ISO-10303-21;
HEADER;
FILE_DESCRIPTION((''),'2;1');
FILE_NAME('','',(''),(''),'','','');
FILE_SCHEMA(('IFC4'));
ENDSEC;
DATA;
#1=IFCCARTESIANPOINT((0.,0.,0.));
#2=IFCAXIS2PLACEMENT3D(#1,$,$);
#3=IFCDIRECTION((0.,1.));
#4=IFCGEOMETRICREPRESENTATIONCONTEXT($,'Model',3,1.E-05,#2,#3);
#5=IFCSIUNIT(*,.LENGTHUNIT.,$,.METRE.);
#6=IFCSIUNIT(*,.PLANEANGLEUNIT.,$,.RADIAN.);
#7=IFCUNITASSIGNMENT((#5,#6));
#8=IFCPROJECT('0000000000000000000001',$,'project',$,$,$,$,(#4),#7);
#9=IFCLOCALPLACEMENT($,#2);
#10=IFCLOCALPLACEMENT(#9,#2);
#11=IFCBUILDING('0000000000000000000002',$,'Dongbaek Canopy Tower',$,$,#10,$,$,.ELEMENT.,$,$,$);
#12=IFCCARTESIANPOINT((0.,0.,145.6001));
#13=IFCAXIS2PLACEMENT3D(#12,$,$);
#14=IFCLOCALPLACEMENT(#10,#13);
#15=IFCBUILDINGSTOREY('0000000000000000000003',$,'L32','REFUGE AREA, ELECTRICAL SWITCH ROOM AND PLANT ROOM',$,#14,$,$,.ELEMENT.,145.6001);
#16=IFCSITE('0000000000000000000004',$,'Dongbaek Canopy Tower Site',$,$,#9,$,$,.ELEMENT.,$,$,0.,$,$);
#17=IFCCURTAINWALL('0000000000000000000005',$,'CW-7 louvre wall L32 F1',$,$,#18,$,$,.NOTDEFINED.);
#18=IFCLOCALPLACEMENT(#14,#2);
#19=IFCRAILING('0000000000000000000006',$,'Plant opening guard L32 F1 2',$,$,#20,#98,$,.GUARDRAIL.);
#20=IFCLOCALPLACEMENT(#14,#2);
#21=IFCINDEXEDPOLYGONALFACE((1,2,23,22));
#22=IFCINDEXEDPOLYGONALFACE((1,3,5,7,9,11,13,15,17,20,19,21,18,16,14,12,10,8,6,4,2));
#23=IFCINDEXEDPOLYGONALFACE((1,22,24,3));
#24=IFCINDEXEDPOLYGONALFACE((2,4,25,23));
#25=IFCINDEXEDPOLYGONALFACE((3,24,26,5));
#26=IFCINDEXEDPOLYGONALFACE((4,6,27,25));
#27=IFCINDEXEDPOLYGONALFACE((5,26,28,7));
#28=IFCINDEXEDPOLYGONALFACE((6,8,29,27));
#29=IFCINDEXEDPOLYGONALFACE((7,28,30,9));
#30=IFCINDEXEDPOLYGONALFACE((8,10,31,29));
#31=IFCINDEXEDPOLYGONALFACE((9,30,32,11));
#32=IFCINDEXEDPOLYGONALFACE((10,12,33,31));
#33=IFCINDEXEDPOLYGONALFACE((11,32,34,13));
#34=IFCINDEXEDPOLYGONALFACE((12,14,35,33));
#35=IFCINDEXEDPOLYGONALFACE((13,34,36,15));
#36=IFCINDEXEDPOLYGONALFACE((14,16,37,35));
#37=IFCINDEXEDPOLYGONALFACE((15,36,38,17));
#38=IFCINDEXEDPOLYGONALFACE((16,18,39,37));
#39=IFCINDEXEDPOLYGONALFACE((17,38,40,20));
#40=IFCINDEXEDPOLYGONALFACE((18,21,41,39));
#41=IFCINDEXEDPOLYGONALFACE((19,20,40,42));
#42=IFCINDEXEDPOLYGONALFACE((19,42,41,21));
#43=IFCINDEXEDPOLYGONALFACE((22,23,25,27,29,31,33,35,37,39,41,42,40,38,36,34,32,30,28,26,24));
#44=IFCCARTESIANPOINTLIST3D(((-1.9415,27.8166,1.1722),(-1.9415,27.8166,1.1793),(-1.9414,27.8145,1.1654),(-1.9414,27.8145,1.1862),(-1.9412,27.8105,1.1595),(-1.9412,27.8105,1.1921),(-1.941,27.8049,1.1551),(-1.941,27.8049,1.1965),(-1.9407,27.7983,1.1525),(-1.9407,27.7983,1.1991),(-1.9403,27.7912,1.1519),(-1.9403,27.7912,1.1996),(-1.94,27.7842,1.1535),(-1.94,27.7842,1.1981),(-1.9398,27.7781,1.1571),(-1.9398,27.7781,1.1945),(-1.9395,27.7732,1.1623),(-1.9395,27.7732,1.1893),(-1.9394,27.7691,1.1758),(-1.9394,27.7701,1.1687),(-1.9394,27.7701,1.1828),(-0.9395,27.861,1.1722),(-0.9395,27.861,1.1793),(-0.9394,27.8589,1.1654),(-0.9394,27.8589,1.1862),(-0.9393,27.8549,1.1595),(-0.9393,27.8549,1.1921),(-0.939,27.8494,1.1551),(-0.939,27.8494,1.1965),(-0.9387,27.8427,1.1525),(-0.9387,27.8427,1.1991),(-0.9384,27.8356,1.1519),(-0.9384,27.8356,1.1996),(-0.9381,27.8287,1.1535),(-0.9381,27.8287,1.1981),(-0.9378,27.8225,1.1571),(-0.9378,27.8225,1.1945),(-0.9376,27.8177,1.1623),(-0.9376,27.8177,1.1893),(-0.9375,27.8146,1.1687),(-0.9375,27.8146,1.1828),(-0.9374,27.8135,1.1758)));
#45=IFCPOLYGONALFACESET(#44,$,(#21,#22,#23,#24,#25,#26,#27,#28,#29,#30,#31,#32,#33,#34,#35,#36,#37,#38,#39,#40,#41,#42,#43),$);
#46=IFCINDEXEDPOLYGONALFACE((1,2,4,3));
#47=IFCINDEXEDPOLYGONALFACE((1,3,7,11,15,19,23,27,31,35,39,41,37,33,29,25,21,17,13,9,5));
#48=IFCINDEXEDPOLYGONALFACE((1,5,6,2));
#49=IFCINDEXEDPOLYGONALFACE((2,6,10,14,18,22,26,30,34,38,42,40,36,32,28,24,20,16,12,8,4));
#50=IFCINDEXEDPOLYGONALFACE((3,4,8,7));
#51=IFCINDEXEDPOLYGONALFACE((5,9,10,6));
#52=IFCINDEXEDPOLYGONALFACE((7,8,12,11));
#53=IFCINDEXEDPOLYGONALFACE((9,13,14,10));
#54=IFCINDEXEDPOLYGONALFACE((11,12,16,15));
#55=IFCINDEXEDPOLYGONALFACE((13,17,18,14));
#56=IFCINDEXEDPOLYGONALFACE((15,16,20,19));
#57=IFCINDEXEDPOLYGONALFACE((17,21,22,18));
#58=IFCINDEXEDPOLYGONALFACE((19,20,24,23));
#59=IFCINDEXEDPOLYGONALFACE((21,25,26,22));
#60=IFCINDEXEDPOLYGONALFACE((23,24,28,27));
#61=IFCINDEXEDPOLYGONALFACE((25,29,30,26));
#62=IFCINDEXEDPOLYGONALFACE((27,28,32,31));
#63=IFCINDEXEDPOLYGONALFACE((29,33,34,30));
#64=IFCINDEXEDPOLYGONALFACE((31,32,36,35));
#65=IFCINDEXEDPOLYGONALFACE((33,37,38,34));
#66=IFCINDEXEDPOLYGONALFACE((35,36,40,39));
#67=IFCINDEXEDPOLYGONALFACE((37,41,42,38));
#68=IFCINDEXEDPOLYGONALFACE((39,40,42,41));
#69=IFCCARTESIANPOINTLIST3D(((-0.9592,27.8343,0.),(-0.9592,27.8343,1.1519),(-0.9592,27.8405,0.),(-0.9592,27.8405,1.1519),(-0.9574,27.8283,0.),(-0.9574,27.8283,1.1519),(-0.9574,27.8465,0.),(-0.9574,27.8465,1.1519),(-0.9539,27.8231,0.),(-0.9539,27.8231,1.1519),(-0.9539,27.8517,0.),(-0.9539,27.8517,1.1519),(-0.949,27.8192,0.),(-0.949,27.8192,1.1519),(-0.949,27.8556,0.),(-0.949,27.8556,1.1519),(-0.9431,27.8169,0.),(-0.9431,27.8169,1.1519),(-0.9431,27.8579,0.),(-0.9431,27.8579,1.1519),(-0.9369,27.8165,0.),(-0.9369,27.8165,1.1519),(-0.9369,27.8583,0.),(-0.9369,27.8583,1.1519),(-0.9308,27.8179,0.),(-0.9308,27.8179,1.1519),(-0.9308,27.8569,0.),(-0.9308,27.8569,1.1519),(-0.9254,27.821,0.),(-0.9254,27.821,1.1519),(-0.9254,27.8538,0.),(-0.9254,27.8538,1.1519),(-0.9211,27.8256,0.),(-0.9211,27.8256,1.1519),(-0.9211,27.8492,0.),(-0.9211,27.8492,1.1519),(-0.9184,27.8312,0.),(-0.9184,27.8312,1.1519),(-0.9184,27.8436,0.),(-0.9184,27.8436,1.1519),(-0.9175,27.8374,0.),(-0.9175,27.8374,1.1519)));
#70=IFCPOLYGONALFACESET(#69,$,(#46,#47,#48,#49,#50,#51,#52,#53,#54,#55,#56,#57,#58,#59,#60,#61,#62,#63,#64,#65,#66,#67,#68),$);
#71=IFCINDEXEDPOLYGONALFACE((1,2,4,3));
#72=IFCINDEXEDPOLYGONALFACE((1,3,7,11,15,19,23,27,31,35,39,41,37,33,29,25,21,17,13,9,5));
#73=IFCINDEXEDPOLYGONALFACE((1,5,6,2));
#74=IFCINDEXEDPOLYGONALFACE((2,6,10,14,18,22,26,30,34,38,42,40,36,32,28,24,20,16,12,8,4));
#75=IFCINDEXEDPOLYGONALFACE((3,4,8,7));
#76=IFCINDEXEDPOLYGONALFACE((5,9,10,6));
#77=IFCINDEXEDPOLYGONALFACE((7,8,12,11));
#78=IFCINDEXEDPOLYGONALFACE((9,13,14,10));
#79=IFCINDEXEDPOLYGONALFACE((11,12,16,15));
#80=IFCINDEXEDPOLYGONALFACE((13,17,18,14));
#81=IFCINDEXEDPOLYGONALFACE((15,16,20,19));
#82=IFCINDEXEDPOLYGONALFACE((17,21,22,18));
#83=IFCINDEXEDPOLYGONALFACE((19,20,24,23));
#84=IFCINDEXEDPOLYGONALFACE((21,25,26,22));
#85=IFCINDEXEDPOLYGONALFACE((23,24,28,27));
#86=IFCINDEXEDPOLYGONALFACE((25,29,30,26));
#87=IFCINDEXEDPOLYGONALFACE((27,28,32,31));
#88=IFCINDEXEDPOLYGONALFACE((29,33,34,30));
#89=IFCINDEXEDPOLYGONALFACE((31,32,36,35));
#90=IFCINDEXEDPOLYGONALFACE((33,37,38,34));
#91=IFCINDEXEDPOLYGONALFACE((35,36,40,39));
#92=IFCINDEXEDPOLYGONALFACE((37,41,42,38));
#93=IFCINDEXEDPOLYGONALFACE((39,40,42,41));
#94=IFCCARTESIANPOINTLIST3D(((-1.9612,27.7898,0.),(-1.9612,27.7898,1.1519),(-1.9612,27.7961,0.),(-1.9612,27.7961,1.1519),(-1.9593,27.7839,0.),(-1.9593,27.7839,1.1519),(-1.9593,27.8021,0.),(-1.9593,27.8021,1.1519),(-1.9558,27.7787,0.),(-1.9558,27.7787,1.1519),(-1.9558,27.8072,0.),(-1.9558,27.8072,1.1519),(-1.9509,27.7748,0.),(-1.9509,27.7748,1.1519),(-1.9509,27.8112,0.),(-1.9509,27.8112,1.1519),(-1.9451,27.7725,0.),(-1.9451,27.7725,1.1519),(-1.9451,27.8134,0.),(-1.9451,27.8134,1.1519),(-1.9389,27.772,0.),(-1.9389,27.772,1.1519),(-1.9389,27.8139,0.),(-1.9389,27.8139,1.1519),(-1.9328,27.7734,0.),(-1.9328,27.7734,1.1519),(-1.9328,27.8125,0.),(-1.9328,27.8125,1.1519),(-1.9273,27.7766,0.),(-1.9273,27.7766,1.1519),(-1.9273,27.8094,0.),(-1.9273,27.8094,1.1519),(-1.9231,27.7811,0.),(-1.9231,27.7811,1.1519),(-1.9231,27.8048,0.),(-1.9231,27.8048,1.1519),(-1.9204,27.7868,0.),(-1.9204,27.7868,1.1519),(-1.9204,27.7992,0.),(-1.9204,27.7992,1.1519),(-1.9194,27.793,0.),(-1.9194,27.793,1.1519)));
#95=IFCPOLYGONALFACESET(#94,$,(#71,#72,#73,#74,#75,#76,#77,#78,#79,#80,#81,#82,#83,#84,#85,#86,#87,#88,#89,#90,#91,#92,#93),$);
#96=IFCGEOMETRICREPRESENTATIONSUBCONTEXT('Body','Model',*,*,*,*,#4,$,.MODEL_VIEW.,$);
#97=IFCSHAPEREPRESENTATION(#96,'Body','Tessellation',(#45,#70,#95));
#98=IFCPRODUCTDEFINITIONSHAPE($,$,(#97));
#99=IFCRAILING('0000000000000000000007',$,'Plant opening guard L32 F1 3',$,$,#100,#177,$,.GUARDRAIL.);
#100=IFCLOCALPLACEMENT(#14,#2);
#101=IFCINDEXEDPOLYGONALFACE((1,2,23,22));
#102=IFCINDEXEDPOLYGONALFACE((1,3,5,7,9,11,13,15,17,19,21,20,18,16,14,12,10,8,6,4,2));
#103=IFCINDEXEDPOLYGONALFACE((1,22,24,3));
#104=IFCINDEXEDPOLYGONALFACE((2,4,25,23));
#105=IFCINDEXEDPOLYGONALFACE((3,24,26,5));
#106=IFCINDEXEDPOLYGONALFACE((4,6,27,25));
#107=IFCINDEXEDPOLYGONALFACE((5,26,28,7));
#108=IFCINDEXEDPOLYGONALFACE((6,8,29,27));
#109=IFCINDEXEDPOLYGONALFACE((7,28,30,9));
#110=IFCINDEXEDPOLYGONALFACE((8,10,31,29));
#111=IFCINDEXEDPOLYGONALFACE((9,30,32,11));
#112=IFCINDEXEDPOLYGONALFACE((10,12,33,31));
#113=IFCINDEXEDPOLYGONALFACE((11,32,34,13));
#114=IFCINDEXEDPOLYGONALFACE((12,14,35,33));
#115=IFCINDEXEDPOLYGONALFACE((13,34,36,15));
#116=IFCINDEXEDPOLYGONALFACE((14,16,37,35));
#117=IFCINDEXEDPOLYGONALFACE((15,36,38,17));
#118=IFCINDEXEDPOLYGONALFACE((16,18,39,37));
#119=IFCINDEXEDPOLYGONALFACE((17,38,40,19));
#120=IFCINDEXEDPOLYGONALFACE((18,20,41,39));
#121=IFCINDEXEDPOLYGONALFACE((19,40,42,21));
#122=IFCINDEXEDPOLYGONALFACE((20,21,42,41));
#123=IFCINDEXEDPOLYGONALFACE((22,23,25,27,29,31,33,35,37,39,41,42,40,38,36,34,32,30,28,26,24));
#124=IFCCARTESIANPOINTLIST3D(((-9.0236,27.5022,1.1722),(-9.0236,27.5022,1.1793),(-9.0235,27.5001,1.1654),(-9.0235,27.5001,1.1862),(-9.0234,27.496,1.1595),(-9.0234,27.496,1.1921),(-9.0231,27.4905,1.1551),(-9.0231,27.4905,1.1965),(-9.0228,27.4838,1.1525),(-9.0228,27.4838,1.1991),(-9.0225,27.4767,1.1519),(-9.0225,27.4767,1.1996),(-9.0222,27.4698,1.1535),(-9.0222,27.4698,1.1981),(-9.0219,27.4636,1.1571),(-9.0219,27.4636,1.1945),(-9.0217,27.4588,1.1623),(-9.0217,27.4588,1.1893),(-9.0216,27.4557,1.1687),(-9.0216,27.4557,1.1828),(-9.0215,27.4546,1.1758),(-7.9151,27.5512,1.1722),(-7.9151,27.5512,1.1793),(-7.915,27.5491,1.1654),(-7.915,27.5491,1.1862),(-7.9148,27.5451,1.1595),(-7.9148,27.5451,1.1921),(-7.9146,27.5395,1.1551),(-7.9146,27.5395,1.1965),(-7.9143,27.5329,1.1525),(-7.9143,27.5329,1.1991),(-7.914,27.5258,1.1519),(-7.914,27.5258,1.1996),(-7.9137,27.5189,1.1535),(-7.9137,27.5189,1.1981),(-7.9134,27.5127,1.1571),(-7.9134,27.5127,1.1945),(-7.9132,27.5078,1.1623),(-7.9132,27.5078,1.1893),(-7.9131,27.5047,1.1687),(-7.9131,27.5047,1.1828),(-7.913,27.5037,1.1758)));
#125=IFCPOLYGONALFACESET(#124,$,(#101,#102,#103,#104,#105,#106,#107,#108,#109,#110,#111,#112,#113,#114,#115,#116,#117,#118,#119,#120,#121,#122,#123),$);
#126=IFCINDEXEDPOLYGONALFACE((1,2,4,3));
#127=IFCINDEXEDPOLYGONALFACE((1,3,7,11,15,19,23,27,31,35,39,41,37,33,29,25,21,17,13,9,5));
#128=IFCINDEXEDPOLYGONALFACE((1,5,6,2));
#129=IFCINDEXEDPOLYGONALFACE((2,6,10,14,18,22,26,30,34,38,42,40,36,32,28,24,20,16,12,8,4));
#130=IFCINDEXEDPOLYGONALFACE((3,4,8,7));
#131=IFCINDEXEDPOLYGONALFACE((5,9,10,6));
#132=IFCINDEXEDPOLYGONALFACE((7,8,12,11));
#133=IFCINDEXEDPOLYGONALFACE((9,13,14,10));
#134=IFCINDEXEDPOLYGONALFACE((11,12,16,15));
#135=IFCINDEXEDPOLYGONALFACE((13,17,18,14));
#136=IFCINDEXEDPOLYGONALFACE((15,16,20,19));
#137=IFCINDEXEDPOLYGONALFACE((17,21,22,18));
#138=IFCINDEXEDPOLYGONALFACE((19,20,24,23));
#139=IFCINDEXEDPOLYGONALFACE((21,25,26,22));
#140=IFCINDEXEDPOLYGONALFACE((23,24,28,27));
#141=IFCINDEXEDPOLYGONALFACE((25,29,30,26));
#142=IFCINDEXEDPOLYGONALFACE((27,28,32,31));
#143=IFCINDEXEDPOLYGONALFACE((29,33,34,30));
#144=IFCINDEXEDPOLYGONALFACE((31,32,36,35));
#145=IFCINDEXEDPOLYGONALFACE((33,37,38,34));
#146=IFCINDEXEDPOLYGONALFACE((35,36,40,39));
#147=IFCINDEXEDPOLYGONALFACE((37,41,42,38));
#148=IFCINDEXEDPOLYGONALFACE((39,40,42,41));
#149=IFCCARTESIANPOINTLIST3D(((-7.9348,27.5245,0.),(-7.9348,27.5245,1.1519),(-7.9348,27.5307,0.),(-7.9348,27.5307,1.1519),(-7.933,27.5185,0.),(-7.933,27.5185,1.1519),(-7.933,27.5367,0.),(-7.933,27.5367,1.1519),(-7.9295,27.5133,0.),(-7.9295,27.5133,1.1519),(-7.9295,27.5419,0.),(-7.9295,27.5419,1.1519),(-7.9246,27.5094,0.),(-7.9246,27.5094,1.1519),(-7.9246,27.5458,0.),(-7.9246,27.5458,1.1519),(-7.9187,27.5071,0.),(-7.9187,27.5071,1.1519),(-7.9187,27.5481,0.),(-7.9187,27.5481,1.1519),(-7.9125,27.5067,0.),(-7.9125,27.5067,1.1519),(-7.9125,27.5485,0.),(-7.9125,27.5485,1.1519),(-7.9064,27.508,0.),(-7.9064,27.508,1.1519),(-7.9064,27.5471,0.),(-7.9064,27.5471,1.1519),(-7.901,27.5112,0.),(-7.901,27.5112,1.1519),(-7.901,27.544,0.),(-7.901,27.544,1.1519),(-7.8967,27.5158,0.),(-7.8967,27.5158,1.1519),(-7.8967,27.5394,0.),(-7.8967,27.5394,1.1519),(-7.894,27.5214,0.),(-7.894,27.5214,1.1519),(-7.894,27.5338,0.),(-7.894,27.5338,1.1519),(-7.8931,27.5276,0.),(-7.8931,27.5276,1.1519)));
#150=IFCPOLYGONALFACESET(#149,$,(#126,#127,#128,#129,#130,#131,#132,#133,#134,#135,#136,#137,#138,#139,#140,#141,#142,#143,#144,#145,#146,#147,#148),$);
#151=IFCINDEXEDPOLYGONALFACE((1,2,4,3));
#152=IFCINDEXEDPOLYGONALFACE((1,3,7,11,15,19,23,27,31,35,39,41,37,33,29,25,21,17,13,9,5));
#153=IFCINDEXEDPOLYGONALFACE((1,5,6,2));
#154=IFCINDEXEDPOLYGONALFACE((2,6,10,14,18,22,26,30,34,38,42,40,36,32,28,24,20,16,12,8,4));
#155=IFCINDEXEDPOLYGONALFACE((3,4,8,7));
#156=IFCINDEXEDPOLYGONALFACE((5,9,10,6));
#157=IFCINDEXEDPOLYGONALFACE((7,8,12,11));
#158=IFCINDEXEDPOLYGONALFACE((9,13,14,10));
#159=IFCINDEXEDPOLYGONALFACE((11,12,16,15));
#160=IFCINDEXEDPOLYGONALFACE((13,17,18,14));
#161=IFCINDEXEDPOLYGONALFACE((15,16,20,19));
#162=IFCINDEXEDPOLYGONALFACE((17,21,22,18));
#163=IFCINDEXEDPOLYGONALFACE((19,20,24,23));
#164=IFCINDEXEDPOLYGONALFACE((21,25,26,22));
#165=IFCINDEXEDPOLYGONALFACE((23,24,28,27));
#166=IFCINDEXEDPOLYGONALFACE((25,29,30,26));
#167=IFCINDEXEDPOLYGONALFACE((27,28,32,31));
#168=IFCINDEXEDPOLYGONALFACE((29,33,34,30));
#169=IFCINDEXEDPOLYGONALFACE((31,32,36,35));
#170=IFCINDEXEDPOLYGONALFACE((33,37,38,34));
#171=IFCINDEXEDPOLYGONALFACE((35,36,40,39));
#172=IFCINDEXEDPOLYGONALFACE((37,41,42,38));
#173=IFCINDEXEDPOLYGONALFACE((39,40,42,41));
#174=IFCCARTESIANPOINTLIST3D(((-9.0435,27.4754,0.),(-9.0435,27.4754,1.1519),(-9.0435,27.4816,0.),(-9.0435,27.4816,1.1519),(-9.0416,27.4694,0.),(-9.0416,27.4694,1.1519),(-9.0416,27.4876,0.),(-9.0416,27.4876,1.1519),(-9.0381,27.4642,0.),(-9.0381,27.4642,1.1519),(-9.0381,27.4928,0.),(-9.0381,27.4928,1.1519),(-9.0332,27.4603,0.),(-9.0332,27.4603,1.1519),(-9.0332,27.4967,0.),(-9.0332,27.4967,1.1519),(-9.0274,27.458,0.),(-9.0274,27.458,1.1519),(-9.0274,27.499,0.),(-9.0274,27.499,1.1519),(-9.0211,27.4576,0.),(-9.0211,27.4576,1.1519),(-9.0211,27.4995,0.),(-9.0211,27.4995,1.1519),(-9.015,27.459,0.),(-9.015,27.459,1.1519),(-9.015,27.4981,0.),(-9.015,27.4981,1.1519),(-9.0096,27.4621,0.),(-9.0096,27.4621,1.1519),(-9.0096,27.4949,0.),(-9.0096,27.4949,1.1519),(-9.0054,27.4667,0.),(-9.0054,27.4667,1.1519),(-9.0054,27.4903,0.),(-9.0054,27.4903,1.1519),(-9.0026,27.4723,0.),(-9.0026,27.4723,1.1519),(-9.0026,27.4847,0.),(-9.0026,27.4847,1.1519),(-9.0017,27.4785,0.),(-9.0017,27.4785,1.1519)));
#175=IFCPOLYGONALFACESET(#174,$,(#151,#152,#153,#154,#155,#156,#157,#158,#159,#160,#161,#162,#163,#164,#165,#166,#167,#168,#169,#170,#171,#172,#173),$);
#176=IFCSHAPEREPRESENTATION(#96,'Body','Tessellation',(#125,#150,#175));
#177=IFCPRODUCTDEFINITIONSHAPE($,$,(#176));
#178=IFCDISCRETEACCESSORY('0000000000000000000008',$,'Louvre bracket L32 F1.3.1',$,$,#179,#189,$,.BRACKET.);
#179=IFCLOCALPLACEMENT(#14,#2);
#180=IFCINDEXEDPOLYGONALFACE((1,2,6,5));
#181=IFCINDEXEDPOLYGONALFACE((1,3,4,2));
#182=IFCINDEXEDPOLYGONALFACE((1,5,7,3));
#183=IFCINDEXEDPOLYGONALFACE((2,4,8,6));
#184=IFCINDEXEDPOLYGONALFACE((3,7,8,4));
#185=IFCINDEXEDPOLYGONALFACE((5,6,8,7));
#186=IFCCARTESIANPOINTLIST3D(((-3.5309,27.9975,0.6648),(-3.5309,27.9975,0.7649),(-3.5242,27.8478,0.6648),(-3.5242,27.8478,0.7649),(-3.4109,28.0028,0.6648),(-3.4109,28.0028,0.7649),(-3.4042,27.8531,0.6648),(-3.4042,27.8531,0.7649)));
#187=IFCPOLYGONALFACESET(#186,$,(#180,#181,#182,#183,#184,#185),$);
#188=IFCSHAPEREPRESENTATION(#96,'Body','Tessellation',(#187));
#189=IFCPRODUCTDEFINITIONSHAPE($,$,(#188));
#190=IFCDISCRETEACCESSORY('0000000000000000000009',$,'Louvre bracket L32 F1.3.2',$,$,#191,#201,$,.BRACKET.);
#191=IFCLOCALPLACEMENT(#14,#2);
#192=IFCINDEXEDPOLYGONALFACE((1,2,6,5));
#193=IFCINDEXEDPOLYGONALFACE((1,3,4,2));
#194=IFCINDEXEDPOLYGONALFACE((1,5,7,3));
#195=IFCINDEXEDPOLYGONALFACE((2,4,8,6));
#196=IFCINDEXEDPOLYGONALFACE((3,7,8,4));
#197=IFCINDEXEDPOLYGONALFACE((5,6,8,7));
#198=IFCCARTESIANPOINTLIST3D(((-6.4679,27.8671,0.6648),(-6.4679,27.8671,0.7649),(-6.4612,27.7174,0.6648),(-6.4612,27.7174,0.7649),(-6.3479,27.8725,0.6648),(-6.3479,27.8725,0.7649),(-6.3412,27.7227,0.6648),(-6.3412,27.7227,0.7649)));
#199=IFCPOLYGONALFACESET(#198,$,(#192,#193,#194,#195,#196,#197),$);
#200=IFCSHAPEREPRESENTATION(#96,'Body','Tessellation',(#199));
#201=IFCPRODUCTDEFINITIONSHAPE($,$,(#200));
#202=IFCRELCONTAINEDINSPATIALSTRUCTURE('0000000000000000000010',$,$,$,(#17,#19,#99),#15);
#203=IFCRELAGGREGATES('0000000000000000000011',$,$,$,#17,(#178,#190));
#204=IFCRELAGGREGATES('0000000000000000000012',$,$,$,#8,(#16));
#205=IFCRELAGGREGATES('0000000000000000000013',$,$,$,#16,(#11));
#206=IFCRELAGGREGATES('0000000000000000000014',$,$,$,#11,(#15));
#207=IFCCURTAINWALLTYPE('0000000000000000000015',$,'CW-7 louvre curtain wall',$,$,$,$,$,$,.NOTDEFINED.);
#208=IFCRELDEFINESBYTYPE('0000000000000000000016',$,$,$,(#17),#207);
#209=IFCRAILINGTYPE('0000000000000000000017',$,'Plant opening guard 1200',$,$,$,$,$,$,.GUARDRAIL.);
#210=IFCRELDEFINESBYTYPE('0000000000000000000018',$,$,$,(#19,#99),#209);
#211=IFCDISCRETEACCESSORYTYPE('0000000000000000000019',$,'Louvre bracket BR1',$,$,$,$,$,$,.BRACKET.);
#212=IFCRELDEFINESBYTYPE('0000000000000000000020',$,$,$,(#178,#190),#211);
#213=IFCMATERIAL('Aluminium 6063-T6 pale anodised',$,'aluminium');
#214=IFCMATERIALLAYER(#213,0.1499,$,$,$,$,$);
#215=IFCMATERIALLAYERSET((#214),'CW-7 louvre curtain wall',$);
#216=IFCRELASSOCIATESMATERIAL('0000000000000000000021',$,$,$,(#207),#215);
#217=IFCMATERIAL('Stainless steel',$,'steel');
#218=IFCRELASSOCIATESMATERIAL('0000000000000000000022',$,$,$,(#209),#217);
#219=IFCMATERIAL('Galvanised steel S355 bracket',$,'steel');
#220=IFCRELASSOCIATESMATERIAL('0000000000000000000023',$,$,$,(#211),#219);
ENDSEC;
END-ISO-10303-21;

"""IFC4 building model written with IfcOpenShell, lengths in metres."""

from ifc_helpers import new_model, si_unit, direction, frame, origin, origin_2d, place, context, subcontext, project, spatial, rectangle, circle, extrude, material, layer, layer_set, type_object, element, aggregate, save


model = new_model("IFC4")

# Units and contexts
model_context = context("Model", 3, precision=1e-05, world=origin(), true_north=direction((0.0, 1.0)))
body_context = subcontext(model_context, "Body", "Model", "MODEL_VIEW")
ifc_project = project(units=[si_unit("LENGTHUNIT", "METRE"), si_unit("PLANEANGLEUNIT", "RADIAN")], contexts=[model_context])

# Site, building, storey
site_placement = place(None, origin())
site = spatial("IfcSite", under=ifc_project, at=site_placement, Name="Dongbaek Canopy Tower Site", CompositionType="ELEMENT", RefElevation=0.0)
building_placement = place(site_placement, origin())
building = spatial("IfcBuilding", under=site, at=building_placement, Name="Dongbaek Canopy Tower", CompositionType="ELEMENT")
storey_placement = place(building_placement, frame((0.0, 0.0, 145.6001)))
storey = spatial("IfcBuildingStorey", under=building, at=storey_placement, Name="L32", Description="REFUGE AREA, ELECTRICAL SWITCH ROOM AND PLANT ROOM", CompositionType="ELEMENT", Elevation=145.6001)

# Curtain wall
ifc_material_1 = material(Name="Aluminium 6063-T6 pale anodised", Category="aluminium")
ifc_layer_1 = layer(ifc_material_1, 0.1499)
ifc_layer_set_1 = layer_set([ifc_layer_1], Name="CW-7 louvre curtain wall")
curtain_wall_type = type_object("IfcCurtainWallType", Name="CW-7 louvre curtain wall", PredefinedType="NOTDEFINED", material=ifc_layer_set_1)
curtain_wall_placement = place(storey_placement, origin())
curtain_wall = element("IfcCurtainWall", 1, at=curtain_wall_placement, inside=storey, type_object=curtain_wall_type, Name="CW-7 louvre wall L32 F1", PredefinedType="NOTDEFINED")

# Railings
ifc_material_2 = material(Name="Stainless steel", Category="steel")
railing_type = type_object("IfcRailingType", Name="Plant opening guard 1200", PredefinedType="GUARDRAIL", material=ifc_material_2)
railing_1_placement = place(storey_placement, frame((-0.9385, 27.8374, 0.0)))
element("IfcRailing", 2, at=railing_1_placement, inside=storey, type_object=railing_type, Name="Plant opening guard L32 F1 2", PredefinedType="GUARDRAIL", context=body_context, shape_type="SweptSolid", body=[
    extrude(circle(Radius=0.0239, at=origin_2d()), frame((0.0, 0.0, 1.1758), z_axis=(-0.999018, -0.044303, 0.0), x_axis=(0.044303, -0.999018, 0.0)), (0.0, 0.0, 1.0), 1.0029),
    extrude(circle(Radius=0.021, at=origin_2d()), origin(), (0.0, 0.0, 1.0), 1.1519),
    extrude(circle(Radius=0.021, at=origin_2d()), frame((-1.002, -0.0444, 0.0)), (0.0, 0.0, 1.0), 1.1519),
])
railing_2_placement = place(storey_placement, frame((-7.9141, 27.5276, 0.0)))
element("IfcRailing", 3, at=railing_2_placement, inside=storey, type_object=railing_type, Name="Plant opening guard L32 F1 3", PredefinedType="GUARDRAIL", context=body_context, shape_type="SweptSolid", body=[
    extrude(circle(Radius=0.0239, at=origin_2d()), frame((0.0, 0.0, 1.1758), z_axis=(-0.999022, -0.04422, 0.0), x_axis=(0.04422, -0.999022, 0.0)), (0.0, 0.0, 1.0), 1.1096),
    extrude(circle(Radius=0.021, at=origin_2d()), origin(), (0.0, 0.0, 1.0), 1.1519),
    extrude(circle(Radius=0.021, at=origin_2d()), frame((-1.1086, -0.0491, 0.0)), (0.0, 0.0, 1.0), 1.1519),
])

# Discrete accessories
ifc_material_3 = material(Name="Galvanised steel S355 bracket", Category="steel")
discrete_accessory_type = type_object("IfcDiscreteAccessoryType", Name="Louvre bracket BR1", PredefinedType="BRACKET", material=ifc_material_3)
discrete_accessory_1_placement = place(storey_placement, frame((-3.4675, 27.9253, 0.6648), z_axis=(0.0, 0.0, 1.0), x_axis=(-0.999016, -0.04436, 0.0)))
discrete_accessory_1 = element("IfcDiscreteAccessory", 4, at=discrete_accessory_1_placement, type_object=discrete_accessory_type, Name="Louvre bracket L32 F1.3.1", PredefinedType="BRACKET", context=body_context, shape_type="SweptSolid", body=[
    extrude(rectangle(XDim=0.1201, YDim=0.1499, at=origin_2d()), origin(), (0.0, 0.0, 1.0), 0.1001),
])
discrete_accessory_2_placement = place(storey_placement, frame((-6.4045, 27.7949, 0.6648), z_axis=(0.0, 0.0, 1.0), x_axis=(-0.999016, -0.04436, 0.0)))
discrete_accessory_2 = element("IfcDiscreteAccessory", 5, at=discrete_accessory_2_placement, type_object=discrete_accessory_type, Name="Louvre bracket L32 F1.3.2", PredefinedType="BRACKET", context=body_context, shape_type="SweptSolid", body=[
    extrude(rectangle(XDim=0.1201, YDim=0.1499, at=origin_2d()), origin(), (0.0, 0.0, 1.0), 0.1001),
])
aggregate(curtain_wall, [discrete_accessory_1, discrete_accessory_2])

save(model, "model.ifc")
